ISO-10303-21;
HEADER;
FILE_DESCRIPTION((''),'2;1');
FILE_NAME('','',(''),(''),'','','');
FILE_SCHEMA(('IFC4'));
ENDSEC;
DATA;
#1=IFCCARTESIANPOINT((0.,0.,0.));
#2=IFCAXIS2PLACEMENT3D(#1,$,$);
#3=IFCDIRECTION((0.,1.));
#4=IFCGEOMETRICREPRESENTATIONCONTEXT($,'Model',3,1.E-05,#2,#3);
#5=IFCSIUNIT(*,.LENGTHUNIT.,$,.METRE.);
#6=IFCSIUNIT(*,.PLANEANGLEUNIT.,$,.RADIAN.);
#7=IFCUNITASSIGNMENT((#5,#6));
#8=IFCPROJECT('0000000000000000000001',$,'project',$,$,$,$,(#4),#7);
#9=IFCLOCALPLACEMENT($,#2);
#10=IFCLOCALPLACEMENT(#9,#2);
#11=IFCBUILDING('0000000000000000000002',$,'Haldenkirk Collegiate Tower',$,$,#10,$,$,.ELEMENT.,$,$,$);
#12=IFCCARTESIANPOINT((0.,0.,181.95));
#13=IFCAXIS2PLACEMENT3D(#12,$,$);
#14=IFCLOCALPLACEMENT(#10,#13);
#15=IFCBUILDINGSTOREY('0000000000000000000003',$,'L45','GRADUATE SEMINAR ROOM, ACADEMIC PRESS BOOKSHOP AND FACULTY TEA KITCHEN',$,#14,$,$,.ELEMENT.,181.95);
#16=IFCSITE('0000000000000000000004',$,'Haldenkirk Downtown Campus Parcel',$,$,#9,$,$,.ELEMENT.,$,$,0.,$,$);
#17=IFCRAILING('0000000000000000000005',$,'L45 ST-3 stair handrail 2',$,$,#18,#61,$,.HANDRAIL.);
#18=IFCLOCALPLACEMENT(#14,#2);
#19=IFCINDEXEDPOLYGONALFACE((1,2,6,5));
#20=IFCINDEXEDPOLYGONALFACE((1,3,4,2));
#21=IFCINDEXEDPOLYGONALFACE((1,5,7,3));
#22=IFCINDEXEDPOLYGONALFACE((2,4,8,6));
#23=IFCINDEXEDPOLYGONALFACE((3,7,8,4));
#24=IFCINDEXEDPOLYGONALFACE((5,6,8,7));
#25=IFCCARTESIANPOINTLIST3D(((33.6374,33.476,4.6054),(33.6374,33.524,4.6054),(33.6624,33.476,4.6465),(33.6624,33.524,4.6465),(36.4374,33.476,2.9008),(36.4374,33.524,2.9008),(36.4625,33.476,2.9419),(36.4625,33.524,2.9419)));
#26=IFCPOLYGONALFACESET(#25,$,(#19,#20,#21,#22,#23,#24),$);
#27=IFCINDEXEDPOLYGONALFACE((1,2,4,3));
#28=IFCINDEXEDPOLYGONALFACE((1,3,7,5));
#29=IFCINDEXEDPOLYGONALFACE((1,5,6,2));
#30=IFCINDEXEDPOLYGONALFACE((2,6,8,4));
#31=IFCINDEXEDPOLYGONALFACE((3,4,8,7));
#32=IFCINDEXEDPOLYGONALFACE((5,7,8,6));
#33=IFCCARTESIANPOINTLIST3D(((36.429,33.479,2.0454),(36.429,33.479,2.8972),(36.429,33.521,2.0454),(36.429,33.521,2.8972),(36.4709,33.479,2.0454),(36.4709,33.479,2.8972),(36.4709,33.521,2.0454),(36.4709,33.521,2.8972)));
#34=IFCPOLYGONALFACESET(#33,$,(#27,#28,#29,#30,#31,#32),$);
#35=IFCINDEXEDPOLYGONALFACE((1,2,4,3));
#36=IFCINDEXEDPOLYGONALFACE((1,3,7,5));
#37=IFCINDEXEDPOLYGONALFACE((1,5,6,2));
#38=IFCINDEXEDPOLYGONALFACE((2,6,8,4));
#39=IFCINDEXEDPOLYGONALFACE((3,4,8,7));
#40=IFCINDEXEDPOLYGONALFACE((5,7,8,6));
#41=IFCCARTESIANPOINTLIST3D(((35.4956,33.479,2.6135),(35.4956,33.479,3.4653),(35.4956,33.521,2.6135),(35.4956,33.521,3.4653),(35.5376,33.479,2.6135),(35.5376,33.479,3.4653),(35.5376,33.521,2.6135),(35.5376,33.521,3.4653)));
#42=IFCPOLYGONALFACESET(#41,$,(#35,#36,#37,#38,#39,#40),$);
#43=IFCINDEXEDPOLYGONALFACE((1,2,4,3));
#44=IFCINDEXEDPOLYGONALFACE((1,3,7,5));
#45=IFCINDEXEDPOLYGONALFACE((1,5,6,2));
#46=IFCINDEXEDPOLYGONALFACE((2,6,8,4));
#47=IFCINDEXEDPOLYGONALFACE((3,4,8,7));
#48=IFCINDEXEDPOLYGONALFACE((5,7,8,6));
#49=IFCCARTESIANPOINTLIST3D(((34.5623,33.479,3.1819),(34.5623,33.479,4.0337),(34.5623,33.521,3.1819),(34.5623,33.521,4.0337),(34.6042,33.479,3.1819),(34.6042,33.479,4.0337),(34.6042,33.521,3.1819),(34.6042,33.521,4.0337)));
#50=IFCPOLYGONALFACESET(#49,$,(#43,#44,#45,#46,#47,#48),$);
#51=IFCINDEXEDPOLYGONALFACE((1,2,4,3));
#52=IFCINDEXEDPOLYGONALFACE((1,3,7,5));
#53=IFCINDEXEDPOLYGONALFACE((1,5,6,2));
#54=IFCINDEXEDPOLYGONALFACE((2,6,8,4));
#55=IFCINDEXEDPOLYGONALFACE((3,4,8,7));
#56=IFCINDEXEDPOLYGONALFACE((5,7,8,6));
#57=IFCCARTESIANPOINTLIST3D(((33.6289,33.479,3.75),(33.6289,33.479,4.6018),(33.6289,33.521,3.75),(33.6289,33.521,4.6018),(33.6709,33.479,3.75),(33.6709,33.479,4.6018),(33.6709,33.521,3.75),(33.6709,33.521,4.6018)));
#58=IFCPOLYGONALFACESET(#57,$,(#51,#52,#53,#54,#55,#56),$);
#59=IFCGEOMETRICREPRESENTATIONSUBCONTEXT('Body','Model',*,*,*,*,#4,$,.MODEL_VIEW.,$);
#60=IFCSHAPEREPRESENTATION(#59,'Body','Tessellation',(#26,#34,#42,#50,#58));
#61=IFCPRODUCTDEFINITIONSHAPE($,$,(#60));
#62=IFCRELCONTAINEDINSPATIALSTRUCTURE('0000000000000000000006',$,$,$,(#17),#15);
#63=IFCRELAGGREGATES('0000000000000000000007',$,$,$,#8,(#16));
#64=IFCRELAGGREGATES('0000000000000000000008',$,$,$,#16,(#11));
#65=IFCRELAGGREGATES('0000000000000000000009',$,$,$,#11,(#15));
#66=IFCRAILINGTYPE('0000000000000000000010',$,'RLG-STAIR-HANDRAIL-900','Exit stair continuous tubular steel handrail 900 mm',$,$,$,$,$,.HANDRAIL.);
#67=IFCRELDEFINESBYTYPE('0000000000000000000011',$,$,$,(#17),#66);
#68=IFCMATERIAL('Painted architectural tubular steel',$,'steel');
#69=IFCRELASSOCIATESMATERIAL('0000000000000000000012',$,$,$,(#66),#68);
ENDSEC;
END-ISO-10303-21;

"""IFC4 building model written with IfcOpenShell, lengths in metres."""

from ifc_helpers import new_model, si_unit, direction, frame, origin, origin_2d, place, context, subcontext, project, spatial, rectangle, extrude, material, type_object, element, save


model = new_model("IFC4")

# Units and contexts
model_context = context("Model", 3, precision=1e-05, world=origin(), true_north=direction((0.0, 1.0)))
body_context = subcontext(model_context, "Body", "Model", "MODEL_VIEW")
ifc_project = project(units=[si_unit("LENGTHUNIT", "METRE"), si_unit("PLANEANGLEUNIT", "RADIAN")], contexts=[model_context])

# Site, building, storey
site_placement = place(None, origin())
site = spatial("IfcSite", under=ifc_project, at=site_placement, Name="Haldenkirk Downtown Campus Parcel", CompositionType="ELEMENT", RefElevation=0.0)
building_placement = place(site_placement, origin())
building = spatial("IfcBuilding", under=site, at=building_placement, Name="Haldenkirk Collegiate Tower", CompositionType="ELEMENT")
storey_placement = place(building_placement, frame((0.0, 0.0, 181.95)))
storey = spatial("IfcBuildingStorey", under=building, at=storey_placement, Name="L45", Description="GRADUATE SEMINAR ROOM, ACADEMIC PRESS BOOKSHOP AND FACULTY TEA KITCHEN", CompositionType="ELEMENT", Elevation=181.95)

# Railing
ifc_material_1 = material(Name="Painted architectural tubular steel", Category="steel")
railing_type_1 = type_object("IfcRailingType", Name="RLG-STAIR-HANDRAIL-900", Description="Exit stair continuous tubular steel handrail 900 mm", PredefinedType="HANDRAIL", material=ifc_material_1)
railing_1_placement = place(storey_placement, frame((36.45, 33.5, 2.0454)))
element("IfcRailing", 1, at=railing_1_placement, inside=storey, type_object=railing_type_1, Name="L45 ST-3 stair handrail 2", PredefinedType="HANDRAIL", context=body_context, shape_type="SweptSolid", body=[
    extrude(rectangle(XDim=0.0481, YDim=0.0481, at=origin_2d()), frame((0.0, 0.0, 0.876), z_axis=(-0.85417, 0.0, 0.519994), x_axis=(0.0, -1.0, 0.0)), (0.0, 0.0, 1.0), 3.2781),
    extrude(rectangle(XDim=0.042, YDim=0.042, at=origin_2d()), origin(), (0.0, 0.0, 1.0), 0.8518),
    extrude(rectangle(XDim=0.042, YDim=0.042, at=origin_2d()), frame((-0.9333, 0.0, 0.5681)), (0.0, 0.0, 1.0), 0.8518),
    extrude(rectangle(XDim=0.042, YDim=0.042, at=origin_2d()), frame((-1.8667, 0.0, 1.1365)), (0.0, 0.0, 1.0), 0.8518),
    extrude(rectangle(XDim=0.042, YDim=0.042, at=origin_2d()), frame((-2.8, 0.0, 1.7046)), (0.0, 0.0, 1.0), 0.8518),
])

save(model, "model.ifc")
